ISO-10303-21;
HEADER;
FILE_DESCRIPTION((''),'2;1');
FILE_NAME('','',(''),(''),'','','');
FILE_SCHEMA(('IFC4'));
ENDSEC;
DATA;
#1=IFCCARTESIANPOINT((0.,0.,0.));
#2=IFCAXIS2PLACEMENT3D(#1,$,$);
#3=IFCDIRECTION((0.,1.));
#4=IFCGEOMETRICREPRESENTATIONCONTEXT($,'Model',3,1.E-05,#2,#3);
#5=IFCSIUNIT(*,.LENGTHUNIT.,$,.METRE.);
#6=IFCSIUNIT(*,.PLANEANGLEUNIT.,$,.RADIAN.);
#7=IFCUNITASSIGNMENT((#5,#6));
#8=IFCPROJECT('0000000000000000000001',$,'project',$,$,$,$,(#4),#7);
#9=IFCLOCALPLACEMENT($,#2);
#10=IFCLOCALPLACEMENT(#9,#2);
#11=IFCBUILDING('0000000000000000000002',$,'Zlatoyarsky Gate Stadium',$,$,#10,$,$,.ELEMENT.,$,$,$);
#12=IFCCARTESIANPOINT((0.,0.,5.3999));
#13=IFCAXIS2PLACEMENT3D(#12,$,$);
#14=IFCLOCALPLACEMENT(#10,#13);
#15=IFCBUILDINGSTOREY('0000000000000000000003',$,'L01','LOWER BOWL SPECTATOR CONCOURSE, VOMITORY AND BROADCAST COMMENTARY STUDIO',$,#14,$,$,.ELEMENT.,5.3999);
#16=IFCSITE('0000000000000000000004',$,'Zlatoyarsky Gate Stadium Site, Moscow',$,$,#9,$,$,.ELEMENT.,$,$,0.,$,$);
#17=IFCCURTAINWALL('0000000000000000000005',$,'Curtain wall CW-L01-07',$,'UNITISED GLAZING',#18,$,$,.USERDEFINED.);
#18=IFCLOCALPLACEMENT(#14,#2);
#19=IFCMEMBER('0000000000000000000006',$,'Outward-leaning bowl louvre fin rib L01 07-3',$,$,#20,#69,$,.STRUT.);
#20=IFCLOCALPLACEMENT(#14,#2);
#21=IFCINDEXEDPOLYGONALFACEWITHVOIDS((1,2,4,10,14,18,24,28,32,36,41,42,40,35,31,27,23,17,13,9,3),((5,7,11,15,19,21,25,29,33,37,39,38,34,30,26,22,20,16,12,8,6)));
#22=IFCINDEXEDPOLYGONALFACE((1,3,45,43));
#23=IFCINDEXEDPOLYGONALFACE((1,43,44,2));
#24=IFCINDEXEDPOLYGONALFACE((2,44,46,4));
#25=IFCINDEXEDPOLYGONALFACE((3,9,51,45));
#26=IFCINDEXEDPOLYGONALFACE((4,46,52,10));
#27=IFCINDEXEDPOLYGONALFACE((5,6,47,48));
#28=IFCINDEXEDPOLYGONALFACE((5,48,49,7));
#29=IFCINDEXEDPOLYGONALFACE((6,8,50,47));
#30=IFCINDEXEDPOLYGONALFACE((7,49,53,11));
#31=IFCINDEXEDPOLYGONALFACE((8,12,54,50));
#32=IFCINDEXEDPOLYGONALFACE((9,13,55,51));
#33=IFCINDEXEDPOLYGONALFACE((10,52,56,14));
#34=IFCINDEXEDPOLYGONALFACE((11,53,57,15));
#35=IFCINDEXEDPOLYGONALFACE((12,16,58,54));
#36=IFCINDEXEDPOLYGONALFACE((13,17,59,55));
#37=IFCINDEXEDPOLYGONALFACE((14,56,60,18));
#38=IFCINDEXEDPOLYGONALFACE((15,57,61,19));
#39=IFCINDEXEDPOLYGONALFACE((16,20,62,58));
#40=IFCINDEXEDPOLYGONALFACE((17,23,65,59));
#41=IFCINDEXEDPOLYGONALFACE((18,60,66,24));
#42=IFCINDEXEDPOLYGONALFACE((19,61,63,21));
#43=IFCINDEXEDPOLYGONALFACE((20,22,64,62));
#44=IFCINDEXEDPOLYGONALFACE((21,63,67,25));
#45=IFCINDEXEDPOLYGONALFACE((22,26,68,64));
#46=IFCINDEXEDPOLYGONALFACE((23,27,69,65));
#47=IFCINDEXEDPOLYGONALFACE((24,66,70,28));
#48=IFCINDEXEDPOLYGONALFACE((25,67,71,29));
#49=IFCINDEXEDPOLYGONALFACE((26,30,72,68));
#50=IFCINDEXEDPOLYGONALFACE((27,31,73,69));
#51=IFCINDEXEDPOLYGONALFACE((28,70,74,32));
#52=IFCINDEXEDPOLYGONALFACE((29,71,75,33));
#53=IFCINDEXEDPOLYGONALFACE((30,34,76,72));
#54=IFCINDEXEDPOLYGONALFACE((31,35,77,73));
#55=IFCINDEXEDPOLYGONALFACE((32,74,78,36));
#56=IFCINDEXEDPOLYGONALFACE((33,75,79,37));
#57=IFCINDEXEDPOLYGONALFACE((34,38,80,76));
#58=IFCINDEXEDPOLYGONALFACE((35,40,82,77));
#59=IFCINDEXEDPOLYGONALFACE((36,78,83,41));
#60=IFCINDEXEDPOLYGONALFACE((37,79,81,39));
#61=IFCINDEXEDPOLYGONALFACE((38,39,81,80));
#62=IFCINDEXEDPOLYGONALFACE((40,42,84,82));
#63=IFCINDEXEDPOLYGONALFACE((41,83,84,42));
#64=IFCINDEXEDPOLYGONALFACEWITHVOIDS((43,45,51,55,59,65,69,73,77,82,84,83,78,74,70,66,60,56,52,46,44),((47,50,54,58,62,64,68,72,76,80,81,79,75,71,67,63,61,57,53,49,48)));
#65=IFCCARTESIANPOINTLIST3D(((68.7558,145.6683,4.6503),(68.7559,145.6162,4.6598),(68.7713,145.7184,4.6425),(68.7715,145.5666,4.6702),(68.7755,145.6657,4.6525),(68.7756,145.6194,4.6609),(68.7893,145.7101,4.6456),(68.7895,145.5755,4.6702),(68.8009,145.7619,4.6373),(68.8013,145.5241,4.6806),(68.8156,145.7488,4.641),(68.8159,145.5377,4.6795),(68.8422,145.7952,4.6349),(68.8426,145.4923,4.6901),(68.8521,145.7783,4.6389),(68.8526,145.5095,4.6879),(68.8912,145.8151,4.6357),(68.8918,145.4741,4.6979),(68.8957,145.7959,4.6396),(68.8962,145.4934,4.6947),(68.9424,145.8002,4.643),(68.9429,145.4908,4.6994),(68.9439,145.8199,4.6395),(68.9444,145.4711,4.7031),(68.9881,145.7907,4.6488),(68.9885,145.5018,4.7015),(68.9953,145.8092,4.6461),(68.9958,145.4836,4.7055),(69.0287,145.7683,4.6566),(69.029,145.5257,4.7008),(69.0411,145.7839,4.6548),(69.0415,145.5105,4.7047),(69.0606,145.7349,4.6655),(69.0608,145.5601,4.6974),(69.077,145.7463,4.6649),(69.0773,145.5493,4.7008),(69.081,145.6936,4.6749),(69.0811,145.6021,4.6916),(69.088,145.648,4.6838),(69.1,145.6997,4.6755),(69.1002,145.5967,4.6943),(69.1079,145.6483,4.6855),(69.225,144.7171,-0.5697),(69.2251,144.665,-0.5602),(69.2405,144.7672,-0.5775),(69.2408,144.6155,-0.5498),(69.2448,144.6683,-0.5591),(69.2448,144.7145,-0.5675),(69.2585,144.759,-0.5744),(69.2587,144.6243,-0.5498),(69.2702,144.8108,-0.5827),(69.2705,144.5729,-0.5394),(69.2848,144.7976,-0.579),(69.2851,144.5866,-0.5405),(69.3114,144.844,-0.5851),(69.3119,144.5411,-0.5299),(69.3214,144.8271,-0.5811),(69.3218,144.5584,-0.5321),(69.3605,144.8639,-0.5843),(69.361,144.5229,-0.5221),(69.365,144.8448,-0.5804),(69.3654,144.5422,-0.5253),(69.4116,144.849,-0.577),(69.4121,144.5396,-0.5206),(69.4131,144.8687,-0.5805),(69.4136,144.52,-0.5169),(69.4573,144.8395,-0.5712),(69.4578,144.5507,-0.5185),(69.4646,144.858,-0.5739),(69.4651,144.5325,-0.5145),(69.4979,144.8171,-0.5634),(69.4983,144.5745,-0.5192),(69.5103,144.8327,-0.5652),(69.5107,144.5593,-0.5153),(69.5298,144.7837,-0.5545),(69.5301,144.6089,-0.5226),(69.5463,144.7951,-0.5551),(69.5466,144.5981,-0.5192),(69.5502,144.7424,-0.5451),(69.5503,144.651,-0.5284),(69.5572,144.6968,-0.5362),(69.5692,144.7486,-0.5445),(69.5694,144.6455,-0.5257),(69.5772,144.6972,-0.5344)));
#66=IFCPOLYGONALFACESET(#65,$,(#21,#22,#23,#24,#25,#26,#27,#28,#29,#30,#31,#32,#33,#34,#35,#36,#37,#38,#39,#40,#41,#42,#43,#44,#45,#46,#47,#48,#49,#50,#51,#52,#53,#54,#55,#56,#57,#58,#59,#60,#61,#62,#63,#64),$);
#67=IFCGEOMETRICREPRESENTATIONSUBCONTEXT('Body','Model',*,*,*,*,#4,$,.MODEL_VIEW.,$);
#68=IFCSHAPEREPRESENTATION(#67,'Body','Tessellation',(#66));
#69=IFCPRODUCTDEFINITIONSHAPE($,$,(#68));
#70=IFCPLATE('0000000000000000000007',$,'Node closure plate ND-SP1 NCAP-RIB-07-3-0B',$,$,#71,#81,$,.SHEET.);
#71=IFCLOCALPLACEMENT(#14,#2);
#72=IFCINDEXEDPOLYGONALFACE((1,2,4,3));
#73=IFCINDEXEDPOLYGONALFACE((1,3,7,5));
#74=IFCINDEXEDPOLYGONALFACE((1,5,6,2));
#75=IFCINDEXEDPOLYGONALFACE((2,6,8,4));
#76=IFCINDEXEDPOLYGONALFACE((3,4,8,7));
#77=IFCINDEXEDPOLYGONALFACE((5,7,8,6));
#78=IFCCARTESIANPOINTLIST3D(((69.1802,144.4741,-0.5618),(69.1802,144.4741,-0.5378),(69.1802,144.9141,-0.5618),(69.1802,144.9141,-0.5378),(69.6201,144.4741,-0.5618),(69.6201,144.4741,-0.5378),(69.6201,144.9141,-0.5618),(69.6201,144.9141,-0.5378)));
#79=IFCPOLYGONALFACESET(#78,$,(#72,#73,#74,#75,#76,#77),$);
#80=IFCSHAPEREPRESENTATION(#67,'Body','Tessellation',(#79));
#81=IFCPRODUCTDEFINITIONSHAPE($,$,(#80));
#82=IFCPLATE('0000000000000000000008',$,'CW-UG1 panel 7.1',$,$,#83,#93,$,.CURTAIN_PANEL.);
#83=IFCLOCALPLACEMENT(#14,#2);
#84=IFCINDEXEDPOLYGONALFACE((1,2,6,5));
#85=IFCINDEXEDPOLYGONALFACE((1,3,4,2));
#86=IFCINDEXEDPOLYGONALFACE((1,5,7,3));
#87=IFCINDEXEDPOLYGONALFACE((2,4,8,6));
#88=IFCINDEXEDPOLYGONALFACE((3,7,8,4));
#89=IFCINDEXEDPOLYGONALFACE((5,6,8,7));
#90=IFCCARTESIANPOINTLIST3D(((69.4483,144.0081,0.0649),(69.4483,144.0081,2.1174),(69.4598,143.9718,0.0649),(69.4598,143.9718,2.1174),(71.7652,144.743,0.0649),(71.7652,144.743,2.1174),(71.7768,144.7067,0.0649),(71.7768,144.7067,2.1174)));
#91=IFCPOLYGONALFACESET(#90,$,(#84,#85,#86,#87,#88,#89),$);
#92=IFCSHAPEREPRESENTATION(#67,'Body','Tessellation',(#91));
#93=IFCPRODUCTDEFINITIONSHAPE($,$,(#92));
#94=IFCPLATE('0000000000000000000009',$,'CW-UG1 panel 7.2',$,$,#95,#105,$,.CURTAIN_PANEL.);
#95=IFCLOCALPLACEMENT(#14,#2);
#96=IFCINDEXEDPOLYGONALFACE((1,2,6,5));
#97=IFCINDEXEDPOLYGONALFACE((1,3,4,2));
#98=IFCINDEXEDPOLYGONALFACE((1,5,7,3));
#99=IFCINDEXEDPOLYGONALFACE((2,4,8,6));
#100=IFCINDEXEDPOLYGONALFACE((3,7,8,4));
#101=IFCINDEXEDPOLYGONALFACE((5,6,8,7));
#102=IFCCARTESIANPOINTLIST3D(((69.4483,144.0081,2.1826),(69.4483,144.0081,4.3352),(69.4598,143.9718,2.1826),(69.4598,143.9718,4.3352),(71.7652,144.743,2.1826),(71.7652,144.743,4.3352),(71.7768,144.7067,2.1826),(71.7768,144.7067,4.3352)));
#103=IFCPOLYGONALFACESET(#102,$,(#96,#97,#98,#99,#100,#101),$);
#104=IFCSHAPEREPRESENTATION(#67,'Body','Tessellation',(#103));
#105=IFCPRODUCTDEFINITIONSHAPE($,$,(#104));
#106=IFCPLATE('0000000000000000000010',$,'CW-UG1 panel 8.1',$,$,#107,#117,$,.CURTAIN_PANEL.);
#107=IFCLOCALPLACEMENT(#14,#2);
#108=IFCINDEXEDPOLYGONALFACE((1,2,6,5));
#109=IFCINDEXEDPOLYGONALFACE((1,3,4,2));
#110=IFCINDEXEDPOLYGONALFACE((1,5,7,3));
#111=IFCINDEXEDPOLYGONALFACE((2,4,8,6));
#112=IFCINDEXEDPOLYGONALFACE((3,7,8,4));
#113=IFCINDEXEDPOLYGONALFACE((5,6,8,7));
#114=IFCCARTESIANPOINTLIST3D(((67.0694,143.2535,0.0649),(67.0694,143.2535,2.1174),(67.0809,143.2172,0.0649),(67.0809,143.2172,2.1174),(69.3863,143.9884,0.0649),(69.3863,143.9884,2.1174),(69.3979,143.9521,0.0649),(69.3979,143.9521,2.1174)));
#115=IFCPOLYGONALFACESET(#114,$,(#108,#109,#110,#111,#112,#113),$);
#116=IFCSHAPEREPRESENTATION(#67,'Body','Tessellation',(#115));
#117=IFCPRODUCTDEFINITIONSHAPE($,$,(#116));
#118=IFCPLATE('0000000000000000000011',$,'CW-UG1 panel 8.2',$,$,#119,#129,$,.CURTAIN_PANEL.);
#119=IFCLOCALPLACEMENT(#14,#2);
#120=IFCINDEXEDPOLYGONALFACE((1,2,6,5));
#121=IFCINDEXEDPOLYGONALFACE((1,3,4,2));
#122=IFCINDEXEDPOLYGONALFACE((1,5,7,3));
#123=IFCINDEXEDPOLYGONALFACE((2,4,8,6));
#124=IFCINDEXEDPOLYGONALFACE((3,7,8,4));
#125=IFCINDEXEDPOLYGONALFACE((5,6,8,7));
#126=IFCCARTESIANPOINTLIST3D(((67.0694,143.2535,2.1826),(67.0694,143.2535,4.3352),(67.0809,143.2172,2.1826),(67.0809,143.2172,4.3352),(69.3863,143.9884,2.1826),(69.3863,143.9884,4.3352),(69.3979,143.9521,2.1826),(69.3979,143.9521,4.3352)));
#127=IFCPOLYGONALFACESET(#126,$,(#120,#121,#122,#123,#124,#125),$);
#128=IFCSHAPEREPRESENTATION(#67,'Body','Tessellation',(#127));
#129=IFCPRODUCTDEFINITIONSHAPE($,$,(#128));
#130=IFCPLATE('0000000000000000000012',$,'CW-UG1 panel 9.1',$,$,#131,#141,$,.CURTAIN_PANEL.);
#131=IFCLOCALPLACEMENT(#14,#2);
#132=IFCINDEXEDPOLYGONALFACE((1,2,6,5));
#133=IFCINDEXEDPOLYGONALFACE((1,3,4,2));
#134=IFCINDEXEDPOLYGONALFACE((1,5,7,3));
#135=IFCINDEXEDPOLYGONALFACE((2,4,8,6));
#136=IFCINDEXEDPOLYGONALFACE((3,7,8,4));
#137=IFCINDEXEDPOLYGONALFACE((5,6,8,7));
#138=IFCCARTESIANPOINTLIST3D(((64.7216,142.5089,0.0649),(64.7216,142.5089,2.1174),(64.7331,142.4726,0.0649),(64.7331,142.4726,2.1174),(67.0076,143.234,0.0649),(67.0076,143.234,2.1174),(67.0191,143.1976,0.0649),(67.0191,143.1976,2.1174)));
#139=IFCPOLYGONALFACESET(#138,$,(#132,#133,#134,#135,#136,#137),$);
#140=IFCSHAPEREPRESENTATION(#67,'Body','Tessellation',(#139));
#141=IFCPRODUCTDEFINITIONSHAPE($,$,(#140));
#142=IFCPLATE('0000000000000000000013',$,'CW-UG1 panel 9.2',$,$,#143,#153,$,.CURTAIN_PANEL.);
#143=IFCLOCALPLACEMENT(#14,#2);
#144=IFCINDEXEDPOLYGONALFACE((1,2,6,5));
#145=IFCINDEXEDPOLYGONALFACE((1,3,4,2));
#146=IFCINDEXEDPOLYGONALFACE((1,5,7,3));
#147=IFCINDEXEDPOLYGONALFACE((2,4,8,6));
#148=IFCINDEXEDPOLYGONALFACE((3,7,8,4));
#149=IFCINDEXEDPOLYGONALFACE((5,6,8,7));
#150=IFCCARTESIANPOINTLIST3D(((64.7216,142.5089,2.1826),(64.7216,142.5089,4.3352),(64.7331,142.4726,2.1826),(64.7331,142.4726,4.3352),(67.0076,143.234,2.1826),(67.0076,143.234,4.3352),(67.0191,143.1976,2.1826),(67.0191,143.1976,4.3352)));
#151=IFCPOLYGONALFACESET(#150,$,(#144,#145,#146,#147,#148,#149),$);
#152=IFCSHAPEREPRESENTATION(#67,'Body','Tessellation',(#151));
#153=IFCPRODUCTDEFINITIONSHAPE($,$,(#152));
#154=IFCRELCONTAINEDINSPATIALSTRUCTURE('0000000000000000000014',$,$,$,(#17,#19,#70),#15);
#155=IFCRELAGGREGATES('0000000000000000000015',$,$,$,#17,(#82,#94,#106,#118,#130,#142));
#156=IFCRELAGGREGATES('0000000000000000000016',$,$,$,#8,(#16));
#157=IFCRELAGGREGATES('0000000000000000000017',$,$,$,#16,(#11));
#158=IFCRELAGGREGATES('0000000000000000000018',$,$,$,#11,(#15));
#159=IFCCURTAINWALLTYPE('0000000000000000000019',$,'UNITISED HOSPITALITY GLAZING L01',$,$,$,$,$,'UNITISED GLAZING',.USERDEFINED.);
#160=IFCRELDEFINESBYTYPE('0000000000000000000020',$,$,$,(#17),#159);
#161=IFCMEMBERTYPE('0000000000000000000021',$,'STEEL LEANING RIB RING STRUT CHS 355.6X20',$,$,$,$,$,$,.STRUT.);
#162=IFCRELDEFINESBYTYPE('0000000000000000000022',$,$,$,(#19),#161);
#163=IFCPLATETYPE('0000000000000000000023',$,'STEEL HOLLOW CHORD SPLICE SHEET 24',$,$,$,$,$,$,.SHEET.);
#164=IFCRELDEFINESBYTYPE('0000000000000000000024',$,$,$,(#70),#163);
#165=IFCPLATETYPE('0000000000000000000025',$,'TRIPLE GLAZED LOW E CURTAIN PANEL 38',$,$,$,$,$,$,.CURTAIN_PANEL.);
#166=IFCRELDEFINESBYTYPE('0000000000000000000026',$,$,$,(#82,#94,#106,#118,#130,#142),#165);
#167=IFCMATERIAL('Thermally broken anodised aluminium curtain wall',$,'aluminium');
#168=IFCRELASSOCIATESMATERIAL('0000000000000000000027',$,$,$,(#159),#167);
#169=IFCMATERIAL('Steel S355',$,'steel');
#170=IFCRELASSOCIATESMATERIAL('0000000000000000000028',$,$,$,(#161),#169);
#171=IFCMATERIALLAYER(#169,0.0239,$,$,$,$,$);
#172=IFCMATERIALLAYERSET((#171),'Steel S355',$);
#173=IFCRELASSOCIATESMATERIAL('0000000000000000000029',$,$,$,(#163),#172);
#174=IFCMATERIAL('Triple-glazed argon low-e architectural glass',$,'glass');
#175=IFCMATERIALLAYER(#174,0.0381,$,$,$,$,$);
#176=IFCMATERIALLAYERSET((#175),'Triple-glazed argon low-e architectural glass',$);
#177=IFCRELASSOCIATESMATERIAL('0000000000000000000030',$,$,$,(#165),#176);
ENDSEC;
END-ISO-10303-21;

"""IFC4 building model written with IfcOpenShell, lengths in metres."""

from ifc_helpers import new_model, si_unit, direction, frame, origin, origin_2d, place, context, subcontext, project, spatial, rectangle, hollow_circle, extrude, material, layer, layer_set, material_profile, profile_set, type_object, element, aggregate, save


model = new_model("IFC4")

# Units and contexts
model_context = context("Model", 3, precision=1e-05, world=origin(), true_north=direction((0.0, 1.0)))
body_context = subcontext(model_context, "Body", "Model", "MODEL_VIEW")
ifc_project = project(units=[si_unit("LENGTHUNIT", "METRE"), si_unit("PLANEANGLEUNIT", "RADIAN")], contexts=[model_context])

# Site, building, storey
site_placement = place(None, origin())
site = spatial("IfcSite", under=ifc_project, at=site_placement, Name="Zlatoyarsky Gate Stadium Site, Moscow", CompositionType="ELEMENT", RefElevation=0.0)
building_placement = place(site_placement, origin())
building = spatial("IfcBuilding", under=site, at=building_placement, Name="Zlatoyarsky Gate Stadium", CompositionType="ELEMENT")
storey_placement = place(building_placement, frame((0.0, 0.0, 5.3999)))
storey = spatial("IfcBuildingStorey", under=building, at=storey_placement, Name="L01", Description="LOWER BOWL SPECTATOR CONCOURSE, VOMITORY AND BROADCAST COMMENTARY STUDIO", CompositionType="ELEMENT", Elevation=5.3999)

# Curtain wall
ifc_material_1 = material(Name="Thermally broken anodised aluminium curtain wall", Category="aluminium")
curtain_wall_type = type_object("IfcCurtainWallType", Name="UNITISED HOSPITALITY GLAZING L01", ElementType="UNITISED GLAZING", PredefinedType="USERDEFINED", material=ifc_material_1)
curtain_wall_placement = place(storey_placement, origin())
curtain_wall = element("IfcCurtainWall", 1, at=curtain_wall_placement, inside=storey, type_object=curtain_wall_type, Name="Curtain wall CW-L01-07", ObjectType="UNITISED GLAZING", PredefinedType="USERDEFINED")

# Member
ifc_material_2 = material(Name="Steel S355", Category="steel")
ifc_material_profile_1 = material_profile(ifc_material_2, hollow_circle(Radius=0.1777, WallThickness=0.02, at=origin_2d()), Name="CHS 355.6X20")
ifc_profile_set_1 = profile_set([ifc_material_profile_1], Name="Steel S355")
member_type_1 = type_object("IfcMemberType", Name="STEEL LEANING RIB RING STRUT CHS 355.6X20", PredefinedType="STRUT", material=ifc_profile_set_1)
member_1_placement = place(storey_placement, frame((69.4001, 144.6941, -0.5498), z_axis=(-0.088093, 0.178569, 0.979976), x_axis=(-0.896808, -0.442419, 0.0)))
element("IfcMember", 2, at=member_1_placement, inside=storey, type_object=member_type_1, Name="Outward-leaning bowl louvre fin rib L01 07-3", PredefinedType="STRUT", context=body_context, shape_type="SweptSolid", body=[
    extrude(hollow_circle(Radius=0.1777, WallThickness=0.02, at=origin_2d()), origin(), (0.0, 0.0, 1.0), 5.3267),
])

# Plates
ifc_layer_1 = layer(ifc_material_2, 0.0239)
ifc_layer_set_1 = layer_set([ifc_layer_1], Name="Steel S355")
plate_type_1 = type_object("IfcPlateType", Name="STEEL HOLLOW CHORD SPLICE SHEET 24", PredefinedType="SHEET", material=ifc_layer_set_1)
plate_1_placement = place(storey_placement, frame((69.4001, 144.6941, -0.5618), z_axis=(0.0, 0.0, 1.0), x_axis=(1.0, 0.0, 0.0)))
element("IfcPlate", 3, at=plate_1_placement, inside=storey, type_object=plate_type_1, Name="Node closure plate ND-SP1 NCAP-RIB-07-3-0B", PredefinedType="SHEET", context=body_context, shape_type="SweptSolid", body=[
    extrude(rectangle(XDim=0.4399, YDim=0.4399, at=origin_2d()), origin(), (0.0, 0.0, 1.0), 0.0239),
])
ifc_material_3 = material(Name="Triple-glazed argon low-e architectural glass", Category="glass")
ifc_layer_2 = layer(ifc_material_3, 0.0381)
ifc_layer_set_2 = layer_set([ifc_layer_2], Name="Triple-glazed argon low-e architectural glass")
plate_type_2 = type_object("IfcPlateType", Name="TRIPLE GLAZED LOW E CURTAIN PANEL 38", PredefinedType="CURTAIN_PANEL", material=ifc_layer_set_2)
plate_2_placement = place(storey_placement, frame((70.6125, 144.3574, 0.0649), z_axis=(0.0, 0.0, 1.0), x_axis=(-0.953202, -0.302335, 0.0)))
plate_2 = element("IfcPlate", 4, at=plate_2_placement, type_object=plate_type_2, Name="CW-UG1 panel 7.1", PredefinedType="CURTAIN_PANEL", context=body_context, shape_type="SweptSolid", body=[
    extrude(rectangle(XDim=2.4307, YDim=0.0381, at=origin_2d()), origin(), (0.0, 0.0, 1.0), 2.0525),
])
plate_3_placement = place(storey_placement, frame((70.6125, 144.3574, 2.1826), z_axis=(0.0, 0.0, 1.0), x_axis=(-0.953202, -0.302335, 0.0)))
plate_3 = element("IfcPlate", 5, at=plate_3_placement, type_object=plate_type_2, Name="CW-UG1 panel 7.2", PredefinedType="CURTAIN_PANEL", context=body_context, shape_type="SweptSolid", body=[
    extrude(rectangle(XDim=2.4307, YDim=0.0381, at=origin_2d()), origin(), (0.0, 0.0, 1.0), 2.1526),
])
plate_4_placement = place(storey_placement, frame((68.2336, 143.6028, 0.0649), z_axis=(0.0, 0.0, 1.0), x_axis=(-0.953202, -0.302335, 0.0)))
plate_4 = element("IfcPlate", 6, at=plate_4_placement, type_object=plate_type_2, Name="CW-UG1 panel 8.1", PredefinedType="CURTAIN_PANEL", context=body_context, shape_type="SweptSolid", body=[
    extrude(rectangle(XDim=2.4307, YDim=0.0381, at=origin_2d()), origin(), (0.0, 0.0, 1.0), 2.0525),
])
plate_5_placement = place(storey_placement, frame((68.2336, 143.6028, 2.1826), z_axis=(0.0, 0.0, 1.0), x_axis=(-0.953202, -0.302335, 0.0)))
plate_5 = element("IfcPlate", 7, at=plate_5_placement, type_object=plate_type_2, Name="CW-UG1 panel 8.2", PredefinedType="CURTAIN_PANEL", context=body_context, shape_type="SweptSolid", body=[
    extrude(rectangle(XDim=2.4307, YDim=0.0381, at=origin_2d()), origin(), (0.0, 0.0, 1.0), 2.1526),
])
plate_6_placement = place(storey_placement, frame((65.8704, 142.8533, 0.0649), z_axis=(0.0, 0.0, 1.0), x_axis=(-0.953202, -0.302335, 0.0)))
plate_6 = element("IfcPlate", 8, at=plate_6_placement, type_object=plate_type_2, Name="CW-UG1 panel 9.1", PredefinedType="CURTAIN_PANEL", context=body_context, shape_type="SweptSolid", body=[
    extrude(rectangle(XDim=2.3982, YDim=0.0381, at=origin_2d()), origin(), (0.0, 0.0, 1.0), 2.0525),
])
plate_7_placement = place(storey_placement, frame((65.8704, 142.8533, 2.1826), z_axis=(0.0, 0.0, 1.0), x_axis=(-0.953202, -0.302335, 0.0)))
plate_7 = element("IfcPlate", 9, at=plate_7_placement, type_object=plate_type_2, Name="CW-UG1 panel 9.2", PredefinedType="CURTAIN_PANEL", context=body_context, shape_type="SweptSolid", body=[
    extrude(rectangle(XDim=2.3982, YDim=0.0381, at=origin_2d()), origin(), (0.0, 0.0, 1.0), 2.1526),
])
aggregate(curtain_wall, [plate_2, plate_3, plate_4, plate_5, plate_6, plate_7])

save(model, "model.ifc")
